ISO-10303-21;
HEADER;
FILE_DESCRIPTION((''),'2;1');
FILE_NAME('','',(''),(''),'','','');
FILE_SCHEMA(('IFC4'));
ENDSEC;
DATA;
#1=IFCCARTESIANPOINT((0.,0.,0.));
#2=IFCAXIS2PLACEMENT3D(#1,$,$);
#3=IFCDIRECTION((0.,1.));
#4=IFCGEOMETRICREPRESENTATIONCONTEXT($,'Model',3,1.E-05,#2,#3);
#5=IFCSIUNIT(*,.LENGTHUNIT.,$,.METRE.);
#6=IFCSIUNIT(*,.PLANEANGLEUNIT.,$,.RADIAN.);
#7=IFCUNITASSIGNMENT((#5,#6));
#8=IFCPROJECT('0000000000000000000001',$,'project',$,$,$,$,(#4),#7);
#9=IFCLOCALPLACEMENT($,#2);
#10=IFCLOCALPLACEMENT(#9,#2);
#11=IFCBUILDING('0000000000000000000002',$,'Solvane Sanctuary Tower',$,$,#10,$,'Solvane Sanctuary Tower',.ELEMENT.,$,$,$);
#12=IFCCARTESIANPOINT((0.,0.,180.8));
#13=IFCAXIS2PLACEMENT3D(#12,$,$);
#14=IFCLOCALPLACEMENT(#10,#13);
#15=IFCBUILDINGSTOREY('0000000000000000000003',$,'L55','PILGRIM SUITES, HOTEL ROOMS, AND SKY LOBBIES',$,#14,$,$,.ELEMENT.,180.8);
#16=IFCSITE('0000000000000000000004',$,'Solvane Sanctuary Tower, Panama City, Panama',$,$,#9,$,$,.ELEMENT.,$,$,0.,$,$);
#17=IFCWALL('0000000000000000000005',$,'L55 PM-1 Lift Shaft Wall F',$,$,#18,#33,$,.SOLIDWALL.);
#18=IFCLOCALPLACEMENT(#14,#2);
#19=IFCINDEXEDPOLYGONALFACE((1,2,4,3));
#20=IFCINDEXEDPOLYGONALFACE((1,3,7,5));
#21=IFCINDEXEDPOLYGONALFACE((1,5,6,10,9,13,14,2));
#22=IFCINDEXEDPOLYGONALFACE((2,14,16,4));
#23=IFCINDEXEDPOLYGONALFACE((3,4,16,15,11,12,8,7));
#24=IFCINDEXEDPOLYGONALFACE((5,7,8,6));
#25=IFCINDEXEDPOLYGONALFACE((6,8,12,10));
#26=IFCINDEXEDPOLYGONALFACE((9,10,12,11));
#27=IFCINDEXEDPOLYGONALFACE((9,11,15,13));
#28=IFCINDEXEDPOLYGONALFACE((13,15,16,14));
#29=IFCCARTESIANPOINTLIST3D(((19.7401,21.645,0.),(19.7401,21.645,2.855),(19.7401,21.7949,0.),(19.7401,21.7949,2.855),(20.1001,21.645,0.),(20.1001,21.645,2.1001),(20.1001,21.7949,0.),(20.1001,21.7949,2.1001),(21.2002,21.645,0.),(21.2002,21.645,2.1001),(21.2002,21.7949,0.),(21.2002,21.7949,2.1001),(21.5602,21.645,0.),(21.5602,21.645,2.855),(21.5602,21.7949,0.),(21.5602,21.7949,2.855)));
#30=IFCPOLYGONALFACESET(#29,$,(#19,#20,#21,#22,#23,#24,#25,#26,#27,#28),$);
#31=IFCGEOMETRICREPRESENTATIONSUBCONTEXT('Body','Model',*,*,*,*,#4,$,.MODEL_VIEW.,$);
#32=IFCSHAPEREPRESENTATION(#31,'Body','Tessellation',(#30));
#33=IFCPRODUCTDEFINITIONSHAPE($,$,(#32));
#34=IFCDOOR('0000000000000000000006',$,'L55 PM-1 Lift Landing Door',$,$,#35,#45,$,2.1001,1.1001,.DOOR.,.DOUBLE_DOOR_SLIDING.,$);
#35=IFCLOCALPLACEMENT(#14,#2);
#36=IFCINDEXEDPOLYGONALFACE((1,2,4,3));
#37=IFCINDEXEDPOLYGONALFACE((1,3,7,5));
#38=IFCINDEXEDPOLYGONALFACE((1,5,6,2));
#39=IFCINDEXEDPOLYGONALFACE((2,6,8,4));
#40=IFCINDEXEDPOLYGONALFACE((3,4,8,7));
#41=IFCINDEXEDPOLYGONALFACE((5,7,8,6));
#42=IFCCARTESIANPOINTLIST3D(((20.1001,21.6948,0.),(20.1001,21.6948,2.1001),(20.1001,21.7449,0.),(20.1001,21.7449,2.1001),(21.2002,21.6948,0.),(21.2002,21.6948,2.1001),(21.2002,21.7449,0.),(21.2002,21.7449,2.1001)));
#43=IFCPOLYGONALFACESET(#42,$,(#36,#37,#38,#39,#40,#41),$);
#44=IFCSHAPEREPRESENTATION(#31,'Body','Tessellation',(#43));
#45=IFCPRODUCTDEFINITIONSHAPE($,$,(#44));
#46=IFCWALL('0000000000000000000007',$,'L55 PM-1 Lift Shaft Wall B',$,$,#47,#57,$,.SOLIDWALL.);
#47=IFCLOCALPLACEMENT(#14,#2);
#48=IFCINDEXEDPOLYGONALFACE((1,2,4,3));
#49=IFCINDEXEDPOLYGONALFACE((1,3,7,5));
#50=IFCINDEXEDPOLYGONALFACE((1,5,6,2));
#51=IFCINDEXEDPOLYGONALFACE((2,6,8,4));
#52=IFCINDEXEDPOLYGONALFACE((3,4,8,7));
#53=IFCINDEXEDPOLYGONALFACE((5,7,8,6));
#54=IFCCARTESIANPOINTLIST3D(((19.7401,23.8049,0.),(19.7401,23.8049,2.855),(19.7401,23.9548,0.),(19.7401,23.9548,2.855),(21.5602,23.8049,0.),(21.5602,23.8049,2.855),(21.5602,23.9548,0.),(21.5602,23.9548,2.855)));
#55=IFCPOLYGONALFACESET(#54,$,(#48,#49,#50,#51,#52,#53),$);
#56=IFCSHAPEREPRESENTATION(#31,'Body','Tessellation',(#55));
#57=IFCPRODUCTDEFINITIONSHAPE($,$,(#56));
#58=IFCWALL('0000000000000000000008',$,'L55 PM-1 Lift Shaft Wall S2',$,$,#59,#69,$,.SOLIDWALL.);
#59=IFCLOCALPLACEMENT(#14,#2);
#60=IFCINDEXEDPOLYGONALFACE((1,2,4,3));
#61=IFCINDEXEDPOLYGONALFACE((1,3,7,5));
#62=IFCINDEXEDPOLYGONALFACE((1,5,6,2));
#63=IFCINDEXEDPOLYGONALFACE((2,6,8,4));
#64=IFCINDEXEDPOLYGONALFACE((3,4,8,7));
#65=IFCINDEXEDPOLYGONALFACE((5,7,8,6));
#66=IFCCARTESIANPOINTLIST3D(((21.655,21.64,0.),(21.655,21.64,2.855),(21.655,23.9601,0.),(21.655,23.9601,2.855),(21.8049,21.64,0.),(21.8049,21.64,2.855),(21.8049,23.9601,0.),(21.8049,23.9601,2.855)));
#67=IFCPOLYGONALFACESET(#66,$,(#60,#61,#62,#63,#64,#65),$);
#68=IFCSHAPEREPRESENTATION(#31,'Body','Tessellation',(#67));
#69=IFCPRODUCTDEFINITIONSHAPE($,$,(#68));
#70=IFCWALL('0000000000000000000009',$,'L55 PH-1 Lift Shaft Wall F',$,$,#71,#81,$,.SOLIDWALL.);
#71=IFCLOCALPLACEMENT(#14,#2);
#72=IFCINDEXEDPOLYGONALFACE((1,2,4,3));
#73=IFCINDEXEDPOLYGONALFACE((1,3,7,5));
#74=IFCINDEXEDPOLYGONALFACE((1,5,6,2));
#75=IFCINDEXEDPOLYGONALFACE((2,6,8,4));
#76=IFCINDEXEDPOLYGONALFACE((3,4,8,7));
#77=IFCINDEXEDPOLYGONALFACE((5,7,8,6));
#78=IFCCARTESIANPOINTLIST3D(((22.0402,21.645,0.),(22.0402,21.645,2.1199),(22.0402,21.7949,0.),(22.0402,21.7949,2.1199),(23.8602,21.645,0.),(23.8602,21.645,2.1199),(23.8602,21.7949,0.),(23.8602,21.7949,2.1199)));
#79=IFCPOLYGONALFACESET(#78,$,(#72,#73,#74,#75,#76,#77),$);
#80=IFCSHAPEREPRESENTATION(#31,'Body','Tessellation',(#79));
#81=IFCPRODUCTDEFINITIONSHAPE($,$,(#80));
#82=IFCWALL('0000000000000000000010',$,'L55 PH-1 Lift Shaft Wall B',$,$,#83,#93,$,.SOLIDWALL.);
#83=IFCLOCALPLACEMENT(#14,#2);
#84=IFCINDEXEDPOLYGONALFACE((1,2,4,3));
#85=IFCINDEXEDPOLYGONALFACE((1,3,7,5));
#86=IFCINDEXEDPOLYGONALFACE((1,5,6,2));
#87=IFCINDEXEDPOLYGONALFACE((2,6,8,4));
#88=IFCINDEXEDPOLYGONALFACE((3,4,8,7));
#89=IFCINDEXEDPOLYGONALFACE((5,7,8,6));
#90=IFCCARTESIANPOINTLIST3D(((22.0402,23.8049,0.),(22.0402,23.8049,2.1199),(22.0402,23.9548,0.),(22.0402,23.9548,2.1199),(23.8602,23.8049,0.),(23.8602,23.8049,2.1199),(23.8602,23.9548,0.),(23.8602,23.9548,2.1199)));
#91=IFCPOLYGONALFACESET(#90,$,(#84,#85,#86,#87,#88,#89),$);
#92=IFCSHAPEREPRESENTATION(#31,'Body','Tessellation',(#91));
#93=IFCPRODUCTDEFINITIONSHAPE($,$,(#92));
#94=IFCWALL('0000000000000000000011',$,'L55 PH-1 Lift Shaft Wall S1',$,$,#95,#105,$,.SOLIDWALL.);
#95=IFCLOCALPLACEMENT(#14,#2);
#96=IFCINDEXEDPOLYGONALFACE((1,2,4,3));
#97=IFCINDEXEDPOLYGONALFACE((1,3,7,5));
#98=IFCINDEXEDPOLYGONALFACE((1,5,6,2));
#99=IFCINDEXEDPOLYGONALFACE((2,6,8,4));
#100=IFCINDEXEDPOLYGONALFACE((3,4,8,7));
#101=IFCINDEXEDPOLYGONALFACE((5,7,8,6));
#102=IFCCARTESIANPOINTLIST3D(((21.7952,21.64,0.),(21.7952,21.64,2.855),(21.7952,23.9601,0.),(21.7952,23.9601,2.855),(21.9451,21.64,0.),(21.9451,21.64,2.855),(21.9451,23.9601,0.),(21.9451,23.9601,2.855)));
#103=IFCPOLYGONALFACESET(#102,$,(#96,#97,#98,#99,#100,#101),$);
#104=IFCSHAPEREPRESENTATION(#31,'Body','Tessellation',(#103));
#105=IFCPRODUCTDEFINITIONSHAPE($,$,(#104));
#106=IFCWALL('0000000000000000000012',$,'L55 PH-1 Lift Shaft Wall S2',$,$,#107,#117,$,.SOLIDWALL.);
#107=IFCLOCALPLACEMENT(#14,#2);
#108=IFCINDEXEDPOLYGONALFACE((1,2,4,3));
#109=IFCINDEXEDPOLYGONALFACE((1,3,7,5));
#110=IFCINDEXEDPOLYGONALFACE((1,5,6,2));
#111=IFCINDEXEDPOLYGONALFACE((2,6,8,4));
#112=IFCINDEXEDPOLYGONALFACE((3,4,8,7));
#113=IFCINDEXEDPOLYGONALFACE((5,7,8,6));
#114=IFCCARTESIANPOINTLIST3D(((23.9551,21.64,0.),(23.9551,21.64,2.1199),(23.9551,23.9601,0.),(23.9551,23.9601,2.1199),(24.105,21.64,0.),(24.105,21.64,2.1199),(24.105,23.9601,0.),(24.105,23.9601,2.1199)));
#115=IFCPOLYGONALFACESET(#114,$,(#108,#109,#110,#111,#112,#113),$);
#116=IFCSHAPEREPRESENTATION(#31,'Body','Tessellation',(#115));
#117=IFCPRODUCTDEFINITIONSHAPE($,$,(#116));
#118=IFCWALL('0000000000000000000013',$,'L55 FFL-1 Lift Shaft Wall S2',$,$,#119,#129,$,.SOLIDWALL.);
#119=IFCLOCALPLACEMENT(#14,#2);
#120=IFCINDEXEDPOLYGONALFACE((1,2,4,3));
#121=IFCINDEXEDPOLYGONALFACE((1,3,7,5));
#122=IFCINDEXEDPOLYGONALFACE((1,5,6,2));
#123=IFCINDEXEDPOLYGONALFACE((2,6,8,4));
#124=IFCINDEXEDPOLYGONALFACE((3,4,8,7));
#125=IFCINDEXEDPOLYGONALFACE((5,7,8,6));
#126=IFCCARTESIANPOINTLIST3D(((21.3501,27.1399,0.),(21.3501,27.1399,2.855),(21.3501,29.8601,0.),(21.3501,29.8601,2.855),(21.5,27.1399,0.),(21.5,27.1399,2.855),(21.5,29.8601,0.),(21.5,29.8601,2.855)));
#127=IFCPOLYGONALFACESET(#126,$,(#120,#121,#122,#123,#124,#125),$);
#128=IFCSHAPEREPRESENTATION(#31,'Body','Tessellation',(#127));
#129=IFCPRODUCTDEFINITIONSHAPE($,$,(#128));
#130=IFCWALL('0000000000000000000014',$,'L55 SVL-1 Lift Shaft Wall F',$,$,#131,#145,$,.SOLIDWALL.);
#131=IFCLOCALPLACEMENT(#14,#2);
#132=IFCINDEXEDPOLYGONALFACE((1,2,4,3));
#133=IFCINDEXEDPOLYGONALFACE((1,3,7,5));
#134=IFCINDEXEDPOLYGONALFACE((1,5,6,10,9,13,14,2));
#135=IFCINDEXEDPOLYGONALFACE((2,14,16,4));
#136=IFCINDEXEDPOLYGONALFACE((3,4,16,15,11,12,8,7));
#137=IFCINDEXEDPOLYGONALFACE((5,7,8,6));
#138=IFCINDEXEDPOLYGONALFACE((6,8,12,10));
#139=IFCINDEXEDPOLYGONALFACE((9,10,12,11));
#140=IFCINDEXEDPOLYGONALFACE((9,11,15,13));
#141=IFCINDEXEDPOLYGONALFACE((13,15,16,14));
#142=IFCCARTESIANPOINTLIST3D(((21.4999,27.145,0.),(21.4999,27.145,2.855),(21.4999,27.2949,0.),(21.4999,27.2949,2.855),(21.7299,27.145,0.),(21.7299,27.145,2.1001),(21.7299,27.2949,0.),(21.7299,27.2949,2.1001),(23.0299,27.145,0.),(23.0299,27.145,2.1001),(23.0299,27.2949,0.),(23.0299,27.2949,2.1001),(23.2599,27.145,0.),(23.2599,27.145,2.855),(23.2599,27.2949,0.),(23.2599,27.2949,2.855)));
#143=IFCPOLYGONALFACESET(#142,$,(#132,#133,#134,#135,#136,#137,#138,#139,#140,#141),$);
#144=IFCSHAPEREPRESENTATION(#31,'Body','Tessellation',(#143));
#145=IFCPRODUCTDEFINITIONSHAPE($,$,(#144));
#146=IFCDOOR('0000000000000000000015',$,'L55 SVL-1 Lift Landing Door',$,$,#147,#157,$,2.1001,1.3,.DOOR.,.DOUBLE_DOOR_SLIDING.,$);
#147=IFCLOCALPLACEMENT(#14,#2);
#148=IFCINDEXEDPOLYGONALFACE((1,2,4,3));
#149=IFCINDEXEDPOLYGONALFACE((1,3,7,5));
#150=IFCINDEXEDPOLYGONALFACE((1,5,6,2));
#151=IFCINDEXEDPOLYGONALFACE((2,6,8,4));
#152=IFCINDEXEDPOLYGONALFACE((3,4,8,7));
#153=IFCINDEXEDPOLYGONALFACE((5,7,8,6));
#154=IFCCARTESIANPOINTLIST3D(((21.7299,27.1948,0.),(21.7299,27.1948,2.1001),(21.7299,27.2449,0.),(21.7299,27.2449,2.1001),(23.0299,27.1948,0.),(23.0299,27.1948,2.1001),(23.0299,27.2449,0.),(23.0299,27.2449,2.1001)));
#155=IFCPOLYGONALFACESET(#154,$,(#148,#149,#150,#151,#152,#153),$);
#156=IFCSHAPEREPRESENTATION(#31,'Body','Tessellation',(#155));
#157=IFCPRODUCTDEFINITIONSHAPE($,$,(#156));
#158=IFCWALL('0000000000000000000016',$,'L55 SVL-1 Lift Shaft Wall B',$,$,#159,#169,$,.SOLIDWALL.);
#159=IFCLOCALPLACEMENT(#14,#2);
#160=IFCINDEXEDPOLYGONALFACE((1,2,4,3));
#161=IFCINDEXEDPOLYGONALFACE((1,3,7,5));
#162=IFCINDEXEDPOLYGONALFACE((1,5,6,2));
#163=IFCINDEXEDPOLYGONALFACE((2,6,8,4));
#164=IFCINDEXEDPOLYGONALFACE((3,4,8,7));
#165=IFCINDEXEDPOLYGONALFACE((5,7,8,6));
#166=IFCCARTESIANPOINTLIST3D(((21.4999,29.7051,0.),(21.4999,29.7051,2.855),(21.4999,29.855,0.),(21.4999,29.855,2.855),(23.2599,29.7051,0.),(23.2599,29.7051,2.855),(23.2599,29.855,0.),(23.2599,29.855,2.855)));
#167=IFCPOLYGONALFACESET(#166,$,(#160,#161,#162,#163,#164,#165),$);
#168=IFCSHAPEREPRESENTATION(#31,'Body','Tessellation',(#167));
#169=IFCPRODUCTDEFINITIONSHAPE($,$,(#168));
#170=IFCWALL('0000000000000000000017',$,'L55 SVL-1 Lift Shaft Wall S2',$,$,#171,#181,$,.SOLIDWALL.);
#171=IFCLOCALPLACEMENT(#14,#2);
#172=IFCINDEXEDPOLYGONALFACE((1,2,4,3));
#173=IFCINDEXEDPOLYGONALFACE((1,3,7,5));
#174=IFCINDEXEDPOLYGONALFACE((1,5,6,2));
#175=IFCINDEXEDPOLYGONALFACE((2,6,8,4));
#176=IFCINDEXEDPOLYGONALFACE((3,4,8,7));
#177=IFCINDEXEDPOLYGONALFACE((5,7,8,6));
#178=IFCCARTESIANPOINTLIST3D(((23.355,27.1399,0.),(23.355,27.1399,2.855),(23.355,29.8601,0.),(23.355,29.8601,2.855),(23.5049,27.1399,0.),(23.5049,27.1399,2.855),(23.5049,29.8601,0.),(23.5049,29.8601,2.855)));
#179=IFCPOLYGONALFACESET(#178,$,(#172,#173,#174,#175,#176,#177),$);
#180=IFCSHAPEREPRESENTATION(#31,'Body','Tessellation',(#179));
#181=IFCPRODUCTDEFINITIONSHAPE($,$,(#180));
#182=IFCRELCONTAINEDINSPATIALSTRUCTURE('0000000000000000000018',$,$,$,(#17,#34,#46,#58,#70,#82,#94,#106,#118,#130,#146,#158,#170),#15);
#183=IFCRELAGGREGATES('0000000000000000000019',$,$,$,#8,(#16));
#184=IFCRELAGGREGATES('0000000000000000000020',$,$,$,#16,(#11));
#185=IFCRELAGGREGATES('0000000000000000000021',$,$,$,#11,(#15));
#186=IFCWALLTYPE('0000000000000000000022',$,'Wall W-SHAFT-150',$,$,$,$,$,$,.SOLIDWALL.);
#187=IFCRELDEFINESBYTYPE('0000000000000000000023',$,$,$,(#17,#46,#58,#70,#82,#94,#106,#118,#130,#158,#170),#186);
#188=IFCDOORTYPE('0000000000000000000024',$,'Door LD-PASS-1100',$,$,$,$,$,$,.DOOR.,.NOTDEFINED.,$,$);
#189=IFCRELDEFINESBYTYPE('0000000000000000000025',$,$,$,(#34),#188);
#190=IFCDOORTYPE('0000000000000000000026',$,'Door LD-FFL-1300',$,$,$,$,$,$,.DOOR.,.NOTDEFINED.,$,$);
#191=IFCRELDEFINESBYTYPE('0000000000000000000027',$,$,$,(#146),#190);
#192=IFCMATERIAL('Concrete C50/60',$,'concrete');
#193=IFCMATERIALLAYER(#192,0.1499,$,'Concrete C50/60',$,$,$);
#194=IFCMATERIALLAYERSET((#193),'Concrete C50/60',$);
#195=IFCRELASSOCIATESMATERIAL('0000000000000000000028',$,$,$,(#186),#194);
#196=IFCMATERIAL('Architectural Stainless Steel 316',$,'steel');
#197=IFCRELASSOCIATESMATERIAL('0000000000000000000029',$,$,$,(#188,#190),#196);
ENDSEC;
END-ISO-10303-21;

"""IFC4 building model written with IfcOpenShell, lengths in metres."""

from ifc_helpers import new_model, si_unit, direction, frame, frame_2d, origin, place, context, subcontext, project, spatial, rectangle, extrude, material, layer, layer_set, type_object, element, fill, save


model = new_model("IFC4")

# Units and contexts
model_context = context("Model", 3, precision=1e-05, world=origin(), true_north=direction((0.0, 1.0)))
body_context = subcontext(model_context, "Body", "Model", "MODEL_VIEW")
ifc_project = project(units=[si_unit("LENGTHUNIT", "METRE"), si_unit("PLANEANGLEUNIT", "RADIAN")], contexts=[model_context])

# Site, building, storey
site_placement = place(None, origin())
site = spatial("IfcSite", under=ifc_project, at=site_placement, Name="Solvane Sanctuary Tower, Panama City, Panama", CompositionType="ELEMENT", RefElevation=0.0)
building_placement = place(site_placement, origin())
building = spatial("IfcBuilding", under=site, at=building_placement, Name="Solvane Sanctuary Tower", LongName="Solvane Sanctuary Tower", CompositionType="ELEMENT")
storey_placement = place(building_placement, frame((0.0, 0.0, 180.8)))
storey = spatial("IfcBuildingStorey", under=building, at=storey_placement, Name="L55", Description="PILGRIM SUITES, HOTEL ROOMS, AND SKY LOBBIES", CompositionType="ELEMENT", Elevation=180.8)

# Shared definitions
ifc_material_1 = material(Name="Concrete C50/60", Category="concrete")

# Shared definitions
ifc_material_2 = material(Name="Architectural Stainless Steel 316", Category="steel")

# Wall, opening, door
ifc_layer_1 = layer(ifc_material_1, 0.1499, Name="Concrete C50/60")
ifc_layer_set_1 = layer_set([ifc_layer_1], Name="Concrete C50/60")
wall_type_1 = type_object("IfcWallType", Name="Wall W-SHAFT-150", PredefinedType="SOLIDWALL", material=ifc_layer_set_1)
wall_1_placement = place(storey_placement, frame((19.74, 21.72, 0.0), z_axis=(0.0, 0.0, 1.0), x_axis=(1.0, 0.0, 0.0)))
wall_1 = element("IfcWall", 1, at=wall_1_placement, inside=storey, type_object=wall_type_1, Name="L55 PM-1 Lift Shaft Wall F", PredefinedType="SOLIDWALL", context=body_context, shape_type="SweptSolid", body=[
    extrude(rectangle(XDim=1.8201, YDim=0.1499, at=frame_2d((0.9102, 0.0))), origin(), (0.0, 0.0, 1.0), 2.855),
])
opening_1_placement = place(wall_1_placement, frame((0.3601, 0.0, 0.0)))
opening_1 = element("IfcOpeningElement", 2, at=opening_1_placement, cuts=wall_1, PredefinedType="OPENING", context=body_context, shape_type="SweptSolid", body=[
    extrude(rectangle(XDim=1.1001, YDim=2.1001, at=frame_2d((0.55, 1.05))), frame((0.0, 0.085, 0.0), z_axis=(0.0, -1.0, 0.0), x_axis=(1.0, 0.0, 0.0)), (0.0, 0.0, 1.0), 0.1699),
])
door_type_1 = type_object("IfcDoorType", Name="Door LD-PASS-1100", OperationType="NOTDEFINED", PredefinedType="DOOR", material=ifc_material_2)
door_1_placement = place(opening_1_placement, origin())
door_1 = element("IfcDoor", 3, at=door_1_placement, inside=storey, type_object=door_type_1, Name="L55 PM-1 Lift Landing Door", OperationType="DOUBLE_DOOR_SLIDING", OverallHeight=2.1001, OverallWidth=1.1001, PredefinedType="DOOR", context=body_context, shape_type="SweptSolid", body=[
    extrude(rectangle(XDim=1.1001, YDim=2.1001, at=frame_2d((0.55, 1.05))), frame((0.0, 0.0249, 0.0), z_axis=(0.0, -1.0, 0.0), x_axis=(1.0, 0.0, 0.0)), (0.0, 0.0, 1.0), 0.05),
])
fill(opening_1, door_1)

# Walls
wall_2_placement = place(storey_placement, frame((19.74, 23.8799, 0.0), z_axis=(0.0, 0.0, 1.0), x_axis=(1.0, 0.0, 0.0)))
element("IfcWall", 4, at=wall_2_placement, inside=storey, type_object=wall_type_1, Name="L55 PM-1 Lift Shaft Wall B", PredefinedType="SOLIDWALL", context=body_context, shape_type="SweptSolid", body=[
    extrude(rectangle(XDim=1.8201, YDim=0.1499, at=frame_2d((0.9102, 0.0))), origin(), (0.0, 0.0, 1.0), 2.855),
])
wall_3_placement = place(storey_placement, frame((21.73, 21.6399, 0.0), z_axis=(0.0, 0.0, 1.0), x_axis=(0.0, 1.0, 0.0)))
element("IfcWall", 5, at=wall_3_placement, inside=storey, type_object=wall_type_1, Name="L55 PM-1 Lift Shaft Wall S2", PredefinedType="SOLIDWALL", context=body_context, shape_type="SweptSolid", body=[
    extrude(rectangle(XDim=2.3201, YDim=0.1499, at=frame_2d((1.1602, 0.0))), origin(), (0.0, 0.0, 1.0), 2.855),
])
for number, where, z_axis, x_axis, name in (
    (6, (22.04, 21.72, 0.0), (0.0, 0.0, 1.0), (1.0, 0.0, 0.0), "L55 PH-1 Lift Shaft Wall F"),
    (7, (22.04, 23.8799, 0.0), (0.0, 0.0, 1.0), (1.0, 0.0, 0.0), "L55 PH-1 Lift Shaft Wall B"),
):
    element("IfcWall", number, at=place(storey_placement, frame(where, z_axis=z_axis, x_axis=x_axis)), inside=storey, type_object=wall_type_1, Name=name, PredefinedType="SOLIDWALL", context=body_context, shape_type="SweptSolid", body=[
        extrude(rectangle(XDim=1.8201, YDim=0.1499, at=frame_2d((0.9102, 0.0))), origin(), (0.0, 0.0, 1.0), 2.1199),
    ])
wall_4_placement = place(storey_placement, frame((21.8701, 21.6399, 0.0), z_axis=(0.0, 0.0, 1.0), x_axis=(0.0, 1.0, 0.0)))
element("IfcWall", 8, at=wall_4_placement, inside=storey, type_object=wall_type_1, Name="L55 PH-1 Lift Shaft Wall S1", PredefinedType="SOLIDWALL", context=body_context, shape_type="SweptSolid", body=[
    extrude(rectangle(XDim=2.3201, YDim=0.1499, at=frame_2d((1.1602, 0.0))), origin(), (0.0, 0.0, 1.0), 2.855),
])
wall_5_placement = place(storey_placement, frame((24.03, 21.6399, 0.0), z_axis=(0.0, 0.0, 1.0), x_axis=(0.0, 1.0, 0.0)))
element("IfcWall", 9, at=wall_5_placement, inside=storey, type_object=wall_type_1, Name="L55 PH-1 Lift Shaft Wall S2", PredefinedType="SOLIDWALL", context=body_context, shape_type="SweptSolid", body=[
    extrude(rectangle(XDim=2.3201, YDim=0.1499, at=frame_2d((1.1602, 0.0))), origin(), (0.0, 0.0, 1.0), 2.1199),
])
wall_6_placement = place(storey_placement, frame((21.425, 27.1399, 0.0), z_axis=(0.0, 0.0, 1.0), x_axis=(0.0, 1.0, 0.0)))
element("IfcWall", 10, at=wall_6_placement, inside=storey, type_object=wall_type_1, Name="L55 FFL-1 Lift Shaft Wall S2", PredefinedType="SOLIDWALL", context=body_context, shape_type="SweptSolid", body=[
    extrude(rectangle(XDim=2.7202, YDim=0.1499, at=frame_2d((1.3601, 0.0))), origin(), (0.0, 0.0, 1.0), 2.855),
])

# Wall, opening, door
wall_7_placement = place(storey_placement, frame((21.5, 27.22, 0.0), z_axis=(0.0, 0.0, 1.0), x_axis=(1.0, 0.0, 0.0)))
wall_7 = element("IfcWall", 11, at=wall_7_placement, inside=storey, type_object=wall_type_1, Name="L55 SVL-1 Lift Shaft Wall F", PredefinedType="SOLIDWALL", context=body_context, shape_type="SweptSolid", body=[
    extrude(rectangle(XDim=1.76, YDim=0.1499, at=frame_2d((0.8799, 0.0))), origin(), (0.0, 0.0, 1.0), 2.855),
])
opening_2_placement = place(wall_7_placement, frame((0.23, 0.0, 0.0)))
opening_2 = element("IfcOpeningElement", 12, at=opening_2_placement, cuts=wall_7, PredefinedType="OPENING", context=body_context, shape_type="SweptSolid", body=[
    extrude(rectangle(XDim=1.3, YDim=2.1001, at=frame_2d((0.6499, 1.05))), frame((0.0, 0.085, 0.0), z_axis=(0.0, -1.0, 0.0), x_axis=(1.0, 0.0, 0.0)), (0.0, 0.0, 1.0), 0.1699),
])
door_type_2 = type_object("IfcDoorType", Name="Door LD-FFL-1300", OperationType="NOTDEFINED", PredefinedType="DOOR", material=ifc_material_2)
door_2_placement = place(opening_2_placement, origin())
door_2 = element("IfcDoor", 13, at=door_2_placement, inside=storey, type_object=door_type_2, Name="L55 SVL-1 Lift Landing Door", OperationType="DOUBLE_DOOR_SLIDING", OverallHeight=2.1001, OverallWidth=1.3, PredefinedType="DOOR", context=body_context, shape_type="SweptSolid", body=[
    extrude(rectangle(XDim=1.3, YDim=2.1001, at=frame_2d((0.6499, 1.05))), frame((0.0, 0.0249, 0.0), z_axis=(0.0, -1.0, 0.0), x_axis=(1.0, 0.0, 0.0)), (0.0, 0.0, 1.0), 0.05),
])
fill(opening_2, door_2)

# Walls
wall_8_placement = place(storey_placement, frame((21.5, 29.78, 0.0), z_axis=(0.0, 0.0, 1.0), x_axis=(1.0, 0.0, 0.0)))
element("IfcWall", 14, at=wall_8_placement, inside=storey, type_object=wall_type_1, Name="L55 SVL-1 Lift Shaft Wall B", PredefinedType="SOLIDWALL", context=body_context, shape_type="SweptSolid", body=[
    extrude(rectangle(XDim=1.76, YDim=0.1499, at=frame_2d((0.8799, 0.0))), origin(), (0.0, 0.0, 1.0), 2.855),
])
wall_9_placement = place(storey_placement, frame((23.4299, 27.1399, 0.0), z_axis=(0.0, 0.0, 1.0), x_axis=(0.0, 1.0, 0.0)))
element("IfcWall", 15, at=wall_9_placement, inside=storey, type_object=wall_type_1, Name="L55 SVL-1 Lift Shaft Wall S2", PredefinedType="SOLIDWALL", context=body_context, shape_type="SweptSolid", body=[
    extrude(rectangle(XDim=2.7202, YDim=0.1499, at=frame_2d((1.3601, 0.0))), origin(), (0.0, 0.0, 1.0), 2.855),
])

save(model, "model.ifc")
